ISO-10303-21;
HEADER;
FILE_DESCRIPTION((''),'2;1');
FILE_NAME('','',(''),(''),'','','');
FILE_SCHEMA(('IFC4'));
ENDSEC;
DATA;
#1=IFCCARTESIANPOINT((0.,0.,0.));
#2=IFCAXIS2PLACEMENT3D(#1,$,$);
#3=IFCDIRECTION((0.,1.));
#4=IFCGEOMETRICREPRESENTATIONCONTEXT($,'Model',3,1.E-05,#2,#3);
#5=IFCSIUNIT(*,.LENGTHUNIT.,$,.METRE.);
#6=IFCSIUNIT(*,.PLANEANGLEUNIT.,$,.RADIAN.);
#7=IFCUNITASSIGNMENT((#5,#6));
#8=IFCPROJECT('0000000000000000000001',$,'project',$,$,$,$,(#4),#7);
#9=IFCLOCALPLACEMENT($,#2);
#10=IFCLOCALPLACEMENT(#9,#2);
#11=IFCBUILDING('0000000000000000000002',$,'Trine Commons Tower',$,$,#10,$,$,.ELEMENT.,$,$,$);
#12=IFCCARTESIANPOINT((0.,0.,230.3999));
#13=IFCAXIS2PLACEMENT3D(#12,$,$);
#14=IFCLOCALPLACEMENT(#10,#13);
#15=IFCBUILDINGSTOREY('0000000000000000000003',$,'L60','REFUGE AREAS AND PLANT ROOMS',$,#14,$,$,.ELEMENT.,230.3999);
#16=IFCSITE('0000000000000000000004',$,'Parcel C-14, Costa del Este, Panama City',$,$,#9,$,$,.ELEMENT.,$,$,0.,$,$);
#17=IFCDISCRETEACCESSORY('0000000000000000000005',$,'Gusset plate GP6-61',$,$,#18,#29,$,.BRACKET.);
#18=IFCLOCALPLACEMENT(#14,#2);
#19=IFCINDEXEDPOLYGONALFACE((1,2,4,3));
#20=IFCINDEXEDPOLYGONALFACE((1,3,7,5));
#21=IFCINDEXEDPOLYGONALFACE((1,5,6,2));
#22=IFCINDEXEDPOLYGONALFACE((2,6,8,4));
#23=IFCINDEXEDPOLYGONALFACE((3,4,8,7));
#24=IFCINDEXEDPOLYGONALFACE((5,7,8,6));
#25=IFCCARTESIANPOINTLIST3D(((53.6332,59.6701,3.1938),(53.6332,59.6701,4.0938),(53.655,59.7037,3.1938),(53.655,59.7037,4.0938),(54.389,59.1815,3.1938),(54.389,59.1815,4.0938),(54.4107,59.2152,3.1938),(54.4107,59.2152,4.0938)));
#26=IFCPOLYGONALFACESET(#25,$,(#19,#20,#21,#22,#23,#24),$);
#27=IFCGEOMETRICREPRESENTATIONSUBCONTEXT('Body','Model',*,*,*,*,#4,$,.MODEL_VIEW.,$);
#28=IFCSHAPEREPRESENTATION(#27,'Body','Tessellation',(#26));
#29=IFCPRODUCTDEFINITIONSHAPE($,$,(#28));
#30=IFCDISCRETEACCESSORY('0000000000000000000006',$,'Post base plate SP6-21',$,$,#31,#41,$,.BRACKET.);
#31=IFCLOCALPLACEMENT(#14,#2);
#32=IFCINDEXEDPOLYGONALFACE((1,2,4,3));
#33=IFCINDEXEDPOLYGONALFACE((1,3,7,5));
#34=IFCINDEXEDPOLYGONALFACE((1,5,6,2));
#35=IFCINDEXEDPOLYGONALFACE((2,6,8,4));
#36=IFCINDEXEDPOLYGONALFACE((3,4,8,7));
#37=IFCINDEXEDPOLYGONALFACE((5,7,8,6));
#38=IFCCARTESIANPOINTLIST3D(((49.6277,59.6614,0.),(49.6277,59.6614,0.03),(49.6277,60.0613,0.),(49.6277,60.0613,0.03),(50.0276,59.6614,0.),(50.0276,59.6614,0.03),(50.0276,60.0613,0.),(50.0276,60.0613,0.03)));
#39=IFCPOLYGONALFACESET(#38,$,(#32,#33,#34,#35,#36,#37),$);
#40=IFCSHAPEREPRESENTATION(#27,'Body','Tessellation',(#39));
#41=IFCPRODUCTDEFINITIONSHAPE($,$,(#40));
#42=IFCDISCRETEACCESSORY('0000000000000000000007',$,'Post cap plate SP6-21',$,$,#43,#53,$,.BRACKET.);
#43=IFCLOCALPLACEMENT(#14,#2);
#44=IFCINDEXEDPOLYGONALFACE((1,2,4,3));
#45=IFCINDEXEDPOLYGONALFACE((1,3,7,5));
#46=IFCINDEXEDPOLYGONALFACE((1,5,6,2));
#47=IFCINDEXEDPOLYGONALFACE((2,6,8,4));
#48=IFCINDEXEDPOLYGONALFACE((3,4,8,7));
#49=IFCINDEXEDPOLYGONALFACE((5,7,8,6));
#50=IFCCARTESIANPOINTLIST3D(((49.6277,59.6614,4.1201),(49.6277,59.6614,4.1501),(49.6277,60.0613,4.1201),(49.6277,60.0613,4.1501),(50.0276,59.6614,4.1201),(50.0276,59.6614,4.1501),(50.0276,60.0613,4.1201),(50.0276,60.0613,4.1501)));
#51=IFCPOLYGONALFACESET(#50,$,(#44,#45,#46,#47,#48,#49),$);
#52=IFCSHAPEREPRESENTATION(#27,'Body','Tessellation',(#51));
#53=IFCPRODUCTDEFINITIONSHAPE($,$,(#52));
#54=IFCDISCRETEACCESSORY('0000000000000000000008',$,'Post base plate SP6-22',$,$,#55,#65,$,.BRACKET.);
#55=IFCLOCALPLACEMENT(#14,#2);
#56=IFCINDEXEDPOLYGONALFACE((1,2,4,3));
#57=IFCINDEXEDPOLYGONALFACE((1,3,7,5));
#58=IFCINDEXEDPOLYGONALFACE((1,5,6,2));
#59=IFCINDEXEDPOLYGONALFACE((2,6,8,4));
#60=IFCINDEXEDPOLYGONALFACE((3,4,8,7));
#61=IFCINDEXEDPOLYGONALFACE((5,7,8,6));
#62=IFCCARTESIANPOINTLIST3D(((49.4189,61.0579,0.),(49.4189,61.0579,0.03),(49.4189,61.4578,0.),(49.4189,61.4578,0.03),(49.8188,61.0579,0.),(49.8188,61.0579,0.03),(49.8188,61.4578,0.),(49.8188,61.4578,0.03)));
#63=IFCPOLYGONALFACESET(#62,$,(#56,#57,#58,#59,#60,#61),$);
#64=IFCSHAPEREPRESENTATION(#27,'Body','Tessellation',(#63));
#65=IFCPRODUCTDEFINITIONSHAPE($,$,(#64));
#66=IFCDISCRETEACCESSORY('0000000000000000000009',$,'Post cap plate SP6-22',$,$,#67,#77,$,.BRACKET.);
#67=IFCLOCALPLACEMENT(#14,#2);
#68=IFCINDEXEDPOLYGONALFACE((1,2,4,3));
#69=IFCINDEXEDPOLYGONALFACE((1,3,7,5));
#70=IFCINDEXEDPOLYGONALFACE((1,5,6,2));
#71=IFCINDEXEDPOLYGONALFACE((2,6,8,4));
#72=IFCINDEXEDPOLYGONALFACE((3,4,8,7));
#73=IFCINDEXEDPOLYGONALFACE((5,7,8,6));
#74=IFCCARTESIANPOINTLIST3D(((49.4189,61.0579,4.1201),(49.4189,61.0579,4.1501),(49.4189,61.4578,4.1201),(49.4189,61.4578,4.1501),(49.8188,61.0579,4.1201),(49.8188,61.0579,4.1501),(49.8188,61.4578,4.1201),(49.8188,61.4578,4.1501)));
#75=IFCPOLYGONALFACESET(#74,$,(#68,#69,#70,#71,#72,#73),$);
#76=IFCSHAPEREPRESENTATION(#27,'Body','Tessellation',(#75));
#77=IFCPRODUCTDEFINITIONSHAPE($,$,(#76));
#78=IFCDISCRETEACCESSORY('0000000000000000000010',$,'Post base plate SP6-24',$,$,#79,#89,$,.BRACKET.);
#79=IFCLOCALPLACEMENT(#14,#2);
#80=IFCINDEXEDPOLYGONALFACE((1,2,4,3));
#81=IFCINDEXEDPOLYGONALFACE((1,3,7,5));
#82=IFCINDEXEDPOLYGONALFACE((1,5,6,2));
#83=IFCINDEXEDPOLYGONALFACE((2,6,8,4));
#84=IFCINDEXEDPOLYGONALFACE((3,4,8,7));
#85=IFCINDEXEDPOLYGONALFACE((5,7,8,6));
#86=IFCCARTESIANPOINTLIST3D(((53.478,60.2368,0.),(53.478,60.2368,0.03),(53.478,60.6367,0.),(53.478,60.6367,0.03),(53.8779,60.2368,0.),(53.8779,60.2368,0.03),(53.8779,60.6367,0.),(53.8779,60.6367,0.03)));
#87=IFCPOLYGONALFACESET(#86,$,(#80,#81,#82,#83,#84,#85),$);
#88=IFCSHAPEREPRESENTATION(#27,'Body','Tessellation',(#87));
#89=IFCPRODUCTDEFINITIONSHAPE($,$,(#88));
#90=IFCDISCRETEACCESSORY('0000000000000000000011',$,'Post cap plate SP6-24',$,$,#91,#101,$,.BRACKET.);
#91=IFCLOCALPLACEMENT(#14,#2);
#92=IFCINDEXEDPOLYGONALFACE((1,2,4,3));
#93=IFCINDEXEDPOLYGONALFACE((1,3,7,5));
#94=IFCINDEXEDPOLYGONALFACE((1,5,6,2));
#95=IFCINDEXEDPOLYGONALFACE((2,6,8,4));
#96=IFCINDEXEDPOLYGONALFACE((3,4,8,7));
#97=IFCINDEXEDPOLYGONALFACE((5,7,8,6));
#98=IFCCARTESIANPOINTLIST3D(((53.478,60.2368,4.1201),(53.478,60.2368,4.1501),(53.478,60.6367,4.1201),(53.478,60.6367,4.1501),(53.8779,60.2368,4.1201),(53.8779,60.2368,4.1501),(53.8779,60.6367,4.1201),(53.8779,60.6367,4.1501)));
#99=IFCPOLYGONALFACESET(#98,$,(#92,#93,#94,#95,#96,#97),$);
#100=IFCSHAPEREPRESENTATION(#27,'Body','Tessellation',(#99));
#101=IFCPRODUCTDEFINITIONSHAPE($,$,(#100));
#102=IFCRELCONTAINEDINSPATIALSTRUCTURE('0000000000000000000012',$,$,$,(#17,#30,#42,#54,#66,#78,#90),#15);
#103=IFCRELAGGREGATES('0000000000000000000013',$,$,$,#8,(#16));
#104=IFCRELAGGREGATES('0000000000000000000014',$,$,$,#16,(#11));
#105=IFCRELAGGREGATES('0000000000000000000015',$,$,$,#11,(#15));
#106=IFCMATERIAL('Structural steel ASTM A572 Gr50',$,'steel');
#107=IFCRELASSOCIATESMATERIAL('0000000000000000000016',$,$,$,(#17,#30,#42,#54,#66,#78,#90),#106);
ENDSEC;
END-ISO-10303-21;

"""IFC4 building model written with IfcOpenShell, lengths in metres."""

from ifc_helpers import new_model, si_unit, direction, frame, origin, origin_2d, place, context, subcontext, project, spatial, rectangle, extrude, material, element, save


model = new_model("IFC4")

# Units and contexts
model_context = context("Model", 3, precision=1e-05, world=origin(), true_north=direction((0.0, 1.0)))
body_context = subcontext(model_context, "Body", "Model", "MODEL_VIEW")
ifc_project = project(units=[si_unit("LENGTHUNIT", "METRE"), si_unit("PLANEANGLEUNIT", "RADIAN")], contexts=[model_context])

# Site, building, storey
site_placement = place(None, origin())
site = spatial("IfcSite", under=ifc_project, at=site_placement, Name="Parcel C-14, Costa del Este, Panama City", CompositionType="ELEMENT", RefElevation=0.0)
building_placement = place(site_placement, origin())
building = spatial("IfcBuilding", under=site, at=building_placement, Name="Trine Commons Tower", CompositionType="ELEMENT")
storey_placement = place(building_placement, frame((0.0, 0.0, 230.3999)))
storey = spatial("IfcBuildingStorey", under=building, at=storey_placement, Name="L60", Description="REFUGE AREAS AND PLANT ROOMS", CompositionType="ELEMENT", Elevation=230.3999)

# Discrete accessories
ifc_material_1 = material(Name="Structural steel ASTM A572 Gr50", Category="steel")
for number, where, z_axis, x_axis, name in (
    (1, (54.022, 59.4426, 3.1938), (0.0, 0.0, 1.0), (0.839809, -0.542881, 0.0), "Gusset plate GP6-61"),
):
    element("IfcDiscreteAccessory", number, at=place(storey_placement, frame(where, z_axis=z_axis, x_axis=x_axis)), inside=storey, material=ifc_material_1, Name=name, PredefinedType="BRACKET", context=body_context, shape_type="SweptSolid", body=[
        extrude(rectangle(XDim=0.8999, YDim=0.04, at=origin_2d()), origin(), (0.0, 0.0, 1.0), 0.8999),
    ])
for number, where, z_axis, x_axis, name in (
    (2, (49.8276, 59.8613, 0.0), (0.0, 0.0, 1.0), (1.0, 0.0, 0.0), "Post base plate SP6-21"),
    (3, (49.8276, 59.8613, 4.1201), (0.0, 0.0, 1.0), (1.0, 0.0, 0.0), "Post cap plate SP6-21"),
    (4, (49.6189, 61.2578, 0.0), (0.0, 0.0, 1.0), (1.0, 0.0, 0.0), "Post base plate SP6-22"),
    (5, (49.6189, 61.2578, 4.1201), (0.0, 0.0, 1.0), (1.0, 0.0, 0.0), "Post cap plate SP6-22"),
    (6, (53.678, 60.4368, 0.0), (0.0, 0.0, 1.0), (1.0, 0.0, 0.0), "Post base plate SP6-24"),
    (7, (53.678, 60.4368, 4.1201), (0.0, 0.0, 1.0), (1.0, 0.0, 0.0), "Post cap plate SP6-24"),
):
    element("IfcDiscreteAccessory", number, at=place(storey_placement, frame(where, z_axis=z_axis, x_axis=x_axis)), inside=storey, material=ifc_material_1, Name=name, PredefinedType="BRACKET", context=body_context, shape_type="SweptSolid", body=[
        extrude(rectangle(XDim=0.3999, YDim=0.3999, at=origin_2d()), origin(), (0.0, 0.0, 1.0), 0.03),
    ])

save(model, "model.ifc")
